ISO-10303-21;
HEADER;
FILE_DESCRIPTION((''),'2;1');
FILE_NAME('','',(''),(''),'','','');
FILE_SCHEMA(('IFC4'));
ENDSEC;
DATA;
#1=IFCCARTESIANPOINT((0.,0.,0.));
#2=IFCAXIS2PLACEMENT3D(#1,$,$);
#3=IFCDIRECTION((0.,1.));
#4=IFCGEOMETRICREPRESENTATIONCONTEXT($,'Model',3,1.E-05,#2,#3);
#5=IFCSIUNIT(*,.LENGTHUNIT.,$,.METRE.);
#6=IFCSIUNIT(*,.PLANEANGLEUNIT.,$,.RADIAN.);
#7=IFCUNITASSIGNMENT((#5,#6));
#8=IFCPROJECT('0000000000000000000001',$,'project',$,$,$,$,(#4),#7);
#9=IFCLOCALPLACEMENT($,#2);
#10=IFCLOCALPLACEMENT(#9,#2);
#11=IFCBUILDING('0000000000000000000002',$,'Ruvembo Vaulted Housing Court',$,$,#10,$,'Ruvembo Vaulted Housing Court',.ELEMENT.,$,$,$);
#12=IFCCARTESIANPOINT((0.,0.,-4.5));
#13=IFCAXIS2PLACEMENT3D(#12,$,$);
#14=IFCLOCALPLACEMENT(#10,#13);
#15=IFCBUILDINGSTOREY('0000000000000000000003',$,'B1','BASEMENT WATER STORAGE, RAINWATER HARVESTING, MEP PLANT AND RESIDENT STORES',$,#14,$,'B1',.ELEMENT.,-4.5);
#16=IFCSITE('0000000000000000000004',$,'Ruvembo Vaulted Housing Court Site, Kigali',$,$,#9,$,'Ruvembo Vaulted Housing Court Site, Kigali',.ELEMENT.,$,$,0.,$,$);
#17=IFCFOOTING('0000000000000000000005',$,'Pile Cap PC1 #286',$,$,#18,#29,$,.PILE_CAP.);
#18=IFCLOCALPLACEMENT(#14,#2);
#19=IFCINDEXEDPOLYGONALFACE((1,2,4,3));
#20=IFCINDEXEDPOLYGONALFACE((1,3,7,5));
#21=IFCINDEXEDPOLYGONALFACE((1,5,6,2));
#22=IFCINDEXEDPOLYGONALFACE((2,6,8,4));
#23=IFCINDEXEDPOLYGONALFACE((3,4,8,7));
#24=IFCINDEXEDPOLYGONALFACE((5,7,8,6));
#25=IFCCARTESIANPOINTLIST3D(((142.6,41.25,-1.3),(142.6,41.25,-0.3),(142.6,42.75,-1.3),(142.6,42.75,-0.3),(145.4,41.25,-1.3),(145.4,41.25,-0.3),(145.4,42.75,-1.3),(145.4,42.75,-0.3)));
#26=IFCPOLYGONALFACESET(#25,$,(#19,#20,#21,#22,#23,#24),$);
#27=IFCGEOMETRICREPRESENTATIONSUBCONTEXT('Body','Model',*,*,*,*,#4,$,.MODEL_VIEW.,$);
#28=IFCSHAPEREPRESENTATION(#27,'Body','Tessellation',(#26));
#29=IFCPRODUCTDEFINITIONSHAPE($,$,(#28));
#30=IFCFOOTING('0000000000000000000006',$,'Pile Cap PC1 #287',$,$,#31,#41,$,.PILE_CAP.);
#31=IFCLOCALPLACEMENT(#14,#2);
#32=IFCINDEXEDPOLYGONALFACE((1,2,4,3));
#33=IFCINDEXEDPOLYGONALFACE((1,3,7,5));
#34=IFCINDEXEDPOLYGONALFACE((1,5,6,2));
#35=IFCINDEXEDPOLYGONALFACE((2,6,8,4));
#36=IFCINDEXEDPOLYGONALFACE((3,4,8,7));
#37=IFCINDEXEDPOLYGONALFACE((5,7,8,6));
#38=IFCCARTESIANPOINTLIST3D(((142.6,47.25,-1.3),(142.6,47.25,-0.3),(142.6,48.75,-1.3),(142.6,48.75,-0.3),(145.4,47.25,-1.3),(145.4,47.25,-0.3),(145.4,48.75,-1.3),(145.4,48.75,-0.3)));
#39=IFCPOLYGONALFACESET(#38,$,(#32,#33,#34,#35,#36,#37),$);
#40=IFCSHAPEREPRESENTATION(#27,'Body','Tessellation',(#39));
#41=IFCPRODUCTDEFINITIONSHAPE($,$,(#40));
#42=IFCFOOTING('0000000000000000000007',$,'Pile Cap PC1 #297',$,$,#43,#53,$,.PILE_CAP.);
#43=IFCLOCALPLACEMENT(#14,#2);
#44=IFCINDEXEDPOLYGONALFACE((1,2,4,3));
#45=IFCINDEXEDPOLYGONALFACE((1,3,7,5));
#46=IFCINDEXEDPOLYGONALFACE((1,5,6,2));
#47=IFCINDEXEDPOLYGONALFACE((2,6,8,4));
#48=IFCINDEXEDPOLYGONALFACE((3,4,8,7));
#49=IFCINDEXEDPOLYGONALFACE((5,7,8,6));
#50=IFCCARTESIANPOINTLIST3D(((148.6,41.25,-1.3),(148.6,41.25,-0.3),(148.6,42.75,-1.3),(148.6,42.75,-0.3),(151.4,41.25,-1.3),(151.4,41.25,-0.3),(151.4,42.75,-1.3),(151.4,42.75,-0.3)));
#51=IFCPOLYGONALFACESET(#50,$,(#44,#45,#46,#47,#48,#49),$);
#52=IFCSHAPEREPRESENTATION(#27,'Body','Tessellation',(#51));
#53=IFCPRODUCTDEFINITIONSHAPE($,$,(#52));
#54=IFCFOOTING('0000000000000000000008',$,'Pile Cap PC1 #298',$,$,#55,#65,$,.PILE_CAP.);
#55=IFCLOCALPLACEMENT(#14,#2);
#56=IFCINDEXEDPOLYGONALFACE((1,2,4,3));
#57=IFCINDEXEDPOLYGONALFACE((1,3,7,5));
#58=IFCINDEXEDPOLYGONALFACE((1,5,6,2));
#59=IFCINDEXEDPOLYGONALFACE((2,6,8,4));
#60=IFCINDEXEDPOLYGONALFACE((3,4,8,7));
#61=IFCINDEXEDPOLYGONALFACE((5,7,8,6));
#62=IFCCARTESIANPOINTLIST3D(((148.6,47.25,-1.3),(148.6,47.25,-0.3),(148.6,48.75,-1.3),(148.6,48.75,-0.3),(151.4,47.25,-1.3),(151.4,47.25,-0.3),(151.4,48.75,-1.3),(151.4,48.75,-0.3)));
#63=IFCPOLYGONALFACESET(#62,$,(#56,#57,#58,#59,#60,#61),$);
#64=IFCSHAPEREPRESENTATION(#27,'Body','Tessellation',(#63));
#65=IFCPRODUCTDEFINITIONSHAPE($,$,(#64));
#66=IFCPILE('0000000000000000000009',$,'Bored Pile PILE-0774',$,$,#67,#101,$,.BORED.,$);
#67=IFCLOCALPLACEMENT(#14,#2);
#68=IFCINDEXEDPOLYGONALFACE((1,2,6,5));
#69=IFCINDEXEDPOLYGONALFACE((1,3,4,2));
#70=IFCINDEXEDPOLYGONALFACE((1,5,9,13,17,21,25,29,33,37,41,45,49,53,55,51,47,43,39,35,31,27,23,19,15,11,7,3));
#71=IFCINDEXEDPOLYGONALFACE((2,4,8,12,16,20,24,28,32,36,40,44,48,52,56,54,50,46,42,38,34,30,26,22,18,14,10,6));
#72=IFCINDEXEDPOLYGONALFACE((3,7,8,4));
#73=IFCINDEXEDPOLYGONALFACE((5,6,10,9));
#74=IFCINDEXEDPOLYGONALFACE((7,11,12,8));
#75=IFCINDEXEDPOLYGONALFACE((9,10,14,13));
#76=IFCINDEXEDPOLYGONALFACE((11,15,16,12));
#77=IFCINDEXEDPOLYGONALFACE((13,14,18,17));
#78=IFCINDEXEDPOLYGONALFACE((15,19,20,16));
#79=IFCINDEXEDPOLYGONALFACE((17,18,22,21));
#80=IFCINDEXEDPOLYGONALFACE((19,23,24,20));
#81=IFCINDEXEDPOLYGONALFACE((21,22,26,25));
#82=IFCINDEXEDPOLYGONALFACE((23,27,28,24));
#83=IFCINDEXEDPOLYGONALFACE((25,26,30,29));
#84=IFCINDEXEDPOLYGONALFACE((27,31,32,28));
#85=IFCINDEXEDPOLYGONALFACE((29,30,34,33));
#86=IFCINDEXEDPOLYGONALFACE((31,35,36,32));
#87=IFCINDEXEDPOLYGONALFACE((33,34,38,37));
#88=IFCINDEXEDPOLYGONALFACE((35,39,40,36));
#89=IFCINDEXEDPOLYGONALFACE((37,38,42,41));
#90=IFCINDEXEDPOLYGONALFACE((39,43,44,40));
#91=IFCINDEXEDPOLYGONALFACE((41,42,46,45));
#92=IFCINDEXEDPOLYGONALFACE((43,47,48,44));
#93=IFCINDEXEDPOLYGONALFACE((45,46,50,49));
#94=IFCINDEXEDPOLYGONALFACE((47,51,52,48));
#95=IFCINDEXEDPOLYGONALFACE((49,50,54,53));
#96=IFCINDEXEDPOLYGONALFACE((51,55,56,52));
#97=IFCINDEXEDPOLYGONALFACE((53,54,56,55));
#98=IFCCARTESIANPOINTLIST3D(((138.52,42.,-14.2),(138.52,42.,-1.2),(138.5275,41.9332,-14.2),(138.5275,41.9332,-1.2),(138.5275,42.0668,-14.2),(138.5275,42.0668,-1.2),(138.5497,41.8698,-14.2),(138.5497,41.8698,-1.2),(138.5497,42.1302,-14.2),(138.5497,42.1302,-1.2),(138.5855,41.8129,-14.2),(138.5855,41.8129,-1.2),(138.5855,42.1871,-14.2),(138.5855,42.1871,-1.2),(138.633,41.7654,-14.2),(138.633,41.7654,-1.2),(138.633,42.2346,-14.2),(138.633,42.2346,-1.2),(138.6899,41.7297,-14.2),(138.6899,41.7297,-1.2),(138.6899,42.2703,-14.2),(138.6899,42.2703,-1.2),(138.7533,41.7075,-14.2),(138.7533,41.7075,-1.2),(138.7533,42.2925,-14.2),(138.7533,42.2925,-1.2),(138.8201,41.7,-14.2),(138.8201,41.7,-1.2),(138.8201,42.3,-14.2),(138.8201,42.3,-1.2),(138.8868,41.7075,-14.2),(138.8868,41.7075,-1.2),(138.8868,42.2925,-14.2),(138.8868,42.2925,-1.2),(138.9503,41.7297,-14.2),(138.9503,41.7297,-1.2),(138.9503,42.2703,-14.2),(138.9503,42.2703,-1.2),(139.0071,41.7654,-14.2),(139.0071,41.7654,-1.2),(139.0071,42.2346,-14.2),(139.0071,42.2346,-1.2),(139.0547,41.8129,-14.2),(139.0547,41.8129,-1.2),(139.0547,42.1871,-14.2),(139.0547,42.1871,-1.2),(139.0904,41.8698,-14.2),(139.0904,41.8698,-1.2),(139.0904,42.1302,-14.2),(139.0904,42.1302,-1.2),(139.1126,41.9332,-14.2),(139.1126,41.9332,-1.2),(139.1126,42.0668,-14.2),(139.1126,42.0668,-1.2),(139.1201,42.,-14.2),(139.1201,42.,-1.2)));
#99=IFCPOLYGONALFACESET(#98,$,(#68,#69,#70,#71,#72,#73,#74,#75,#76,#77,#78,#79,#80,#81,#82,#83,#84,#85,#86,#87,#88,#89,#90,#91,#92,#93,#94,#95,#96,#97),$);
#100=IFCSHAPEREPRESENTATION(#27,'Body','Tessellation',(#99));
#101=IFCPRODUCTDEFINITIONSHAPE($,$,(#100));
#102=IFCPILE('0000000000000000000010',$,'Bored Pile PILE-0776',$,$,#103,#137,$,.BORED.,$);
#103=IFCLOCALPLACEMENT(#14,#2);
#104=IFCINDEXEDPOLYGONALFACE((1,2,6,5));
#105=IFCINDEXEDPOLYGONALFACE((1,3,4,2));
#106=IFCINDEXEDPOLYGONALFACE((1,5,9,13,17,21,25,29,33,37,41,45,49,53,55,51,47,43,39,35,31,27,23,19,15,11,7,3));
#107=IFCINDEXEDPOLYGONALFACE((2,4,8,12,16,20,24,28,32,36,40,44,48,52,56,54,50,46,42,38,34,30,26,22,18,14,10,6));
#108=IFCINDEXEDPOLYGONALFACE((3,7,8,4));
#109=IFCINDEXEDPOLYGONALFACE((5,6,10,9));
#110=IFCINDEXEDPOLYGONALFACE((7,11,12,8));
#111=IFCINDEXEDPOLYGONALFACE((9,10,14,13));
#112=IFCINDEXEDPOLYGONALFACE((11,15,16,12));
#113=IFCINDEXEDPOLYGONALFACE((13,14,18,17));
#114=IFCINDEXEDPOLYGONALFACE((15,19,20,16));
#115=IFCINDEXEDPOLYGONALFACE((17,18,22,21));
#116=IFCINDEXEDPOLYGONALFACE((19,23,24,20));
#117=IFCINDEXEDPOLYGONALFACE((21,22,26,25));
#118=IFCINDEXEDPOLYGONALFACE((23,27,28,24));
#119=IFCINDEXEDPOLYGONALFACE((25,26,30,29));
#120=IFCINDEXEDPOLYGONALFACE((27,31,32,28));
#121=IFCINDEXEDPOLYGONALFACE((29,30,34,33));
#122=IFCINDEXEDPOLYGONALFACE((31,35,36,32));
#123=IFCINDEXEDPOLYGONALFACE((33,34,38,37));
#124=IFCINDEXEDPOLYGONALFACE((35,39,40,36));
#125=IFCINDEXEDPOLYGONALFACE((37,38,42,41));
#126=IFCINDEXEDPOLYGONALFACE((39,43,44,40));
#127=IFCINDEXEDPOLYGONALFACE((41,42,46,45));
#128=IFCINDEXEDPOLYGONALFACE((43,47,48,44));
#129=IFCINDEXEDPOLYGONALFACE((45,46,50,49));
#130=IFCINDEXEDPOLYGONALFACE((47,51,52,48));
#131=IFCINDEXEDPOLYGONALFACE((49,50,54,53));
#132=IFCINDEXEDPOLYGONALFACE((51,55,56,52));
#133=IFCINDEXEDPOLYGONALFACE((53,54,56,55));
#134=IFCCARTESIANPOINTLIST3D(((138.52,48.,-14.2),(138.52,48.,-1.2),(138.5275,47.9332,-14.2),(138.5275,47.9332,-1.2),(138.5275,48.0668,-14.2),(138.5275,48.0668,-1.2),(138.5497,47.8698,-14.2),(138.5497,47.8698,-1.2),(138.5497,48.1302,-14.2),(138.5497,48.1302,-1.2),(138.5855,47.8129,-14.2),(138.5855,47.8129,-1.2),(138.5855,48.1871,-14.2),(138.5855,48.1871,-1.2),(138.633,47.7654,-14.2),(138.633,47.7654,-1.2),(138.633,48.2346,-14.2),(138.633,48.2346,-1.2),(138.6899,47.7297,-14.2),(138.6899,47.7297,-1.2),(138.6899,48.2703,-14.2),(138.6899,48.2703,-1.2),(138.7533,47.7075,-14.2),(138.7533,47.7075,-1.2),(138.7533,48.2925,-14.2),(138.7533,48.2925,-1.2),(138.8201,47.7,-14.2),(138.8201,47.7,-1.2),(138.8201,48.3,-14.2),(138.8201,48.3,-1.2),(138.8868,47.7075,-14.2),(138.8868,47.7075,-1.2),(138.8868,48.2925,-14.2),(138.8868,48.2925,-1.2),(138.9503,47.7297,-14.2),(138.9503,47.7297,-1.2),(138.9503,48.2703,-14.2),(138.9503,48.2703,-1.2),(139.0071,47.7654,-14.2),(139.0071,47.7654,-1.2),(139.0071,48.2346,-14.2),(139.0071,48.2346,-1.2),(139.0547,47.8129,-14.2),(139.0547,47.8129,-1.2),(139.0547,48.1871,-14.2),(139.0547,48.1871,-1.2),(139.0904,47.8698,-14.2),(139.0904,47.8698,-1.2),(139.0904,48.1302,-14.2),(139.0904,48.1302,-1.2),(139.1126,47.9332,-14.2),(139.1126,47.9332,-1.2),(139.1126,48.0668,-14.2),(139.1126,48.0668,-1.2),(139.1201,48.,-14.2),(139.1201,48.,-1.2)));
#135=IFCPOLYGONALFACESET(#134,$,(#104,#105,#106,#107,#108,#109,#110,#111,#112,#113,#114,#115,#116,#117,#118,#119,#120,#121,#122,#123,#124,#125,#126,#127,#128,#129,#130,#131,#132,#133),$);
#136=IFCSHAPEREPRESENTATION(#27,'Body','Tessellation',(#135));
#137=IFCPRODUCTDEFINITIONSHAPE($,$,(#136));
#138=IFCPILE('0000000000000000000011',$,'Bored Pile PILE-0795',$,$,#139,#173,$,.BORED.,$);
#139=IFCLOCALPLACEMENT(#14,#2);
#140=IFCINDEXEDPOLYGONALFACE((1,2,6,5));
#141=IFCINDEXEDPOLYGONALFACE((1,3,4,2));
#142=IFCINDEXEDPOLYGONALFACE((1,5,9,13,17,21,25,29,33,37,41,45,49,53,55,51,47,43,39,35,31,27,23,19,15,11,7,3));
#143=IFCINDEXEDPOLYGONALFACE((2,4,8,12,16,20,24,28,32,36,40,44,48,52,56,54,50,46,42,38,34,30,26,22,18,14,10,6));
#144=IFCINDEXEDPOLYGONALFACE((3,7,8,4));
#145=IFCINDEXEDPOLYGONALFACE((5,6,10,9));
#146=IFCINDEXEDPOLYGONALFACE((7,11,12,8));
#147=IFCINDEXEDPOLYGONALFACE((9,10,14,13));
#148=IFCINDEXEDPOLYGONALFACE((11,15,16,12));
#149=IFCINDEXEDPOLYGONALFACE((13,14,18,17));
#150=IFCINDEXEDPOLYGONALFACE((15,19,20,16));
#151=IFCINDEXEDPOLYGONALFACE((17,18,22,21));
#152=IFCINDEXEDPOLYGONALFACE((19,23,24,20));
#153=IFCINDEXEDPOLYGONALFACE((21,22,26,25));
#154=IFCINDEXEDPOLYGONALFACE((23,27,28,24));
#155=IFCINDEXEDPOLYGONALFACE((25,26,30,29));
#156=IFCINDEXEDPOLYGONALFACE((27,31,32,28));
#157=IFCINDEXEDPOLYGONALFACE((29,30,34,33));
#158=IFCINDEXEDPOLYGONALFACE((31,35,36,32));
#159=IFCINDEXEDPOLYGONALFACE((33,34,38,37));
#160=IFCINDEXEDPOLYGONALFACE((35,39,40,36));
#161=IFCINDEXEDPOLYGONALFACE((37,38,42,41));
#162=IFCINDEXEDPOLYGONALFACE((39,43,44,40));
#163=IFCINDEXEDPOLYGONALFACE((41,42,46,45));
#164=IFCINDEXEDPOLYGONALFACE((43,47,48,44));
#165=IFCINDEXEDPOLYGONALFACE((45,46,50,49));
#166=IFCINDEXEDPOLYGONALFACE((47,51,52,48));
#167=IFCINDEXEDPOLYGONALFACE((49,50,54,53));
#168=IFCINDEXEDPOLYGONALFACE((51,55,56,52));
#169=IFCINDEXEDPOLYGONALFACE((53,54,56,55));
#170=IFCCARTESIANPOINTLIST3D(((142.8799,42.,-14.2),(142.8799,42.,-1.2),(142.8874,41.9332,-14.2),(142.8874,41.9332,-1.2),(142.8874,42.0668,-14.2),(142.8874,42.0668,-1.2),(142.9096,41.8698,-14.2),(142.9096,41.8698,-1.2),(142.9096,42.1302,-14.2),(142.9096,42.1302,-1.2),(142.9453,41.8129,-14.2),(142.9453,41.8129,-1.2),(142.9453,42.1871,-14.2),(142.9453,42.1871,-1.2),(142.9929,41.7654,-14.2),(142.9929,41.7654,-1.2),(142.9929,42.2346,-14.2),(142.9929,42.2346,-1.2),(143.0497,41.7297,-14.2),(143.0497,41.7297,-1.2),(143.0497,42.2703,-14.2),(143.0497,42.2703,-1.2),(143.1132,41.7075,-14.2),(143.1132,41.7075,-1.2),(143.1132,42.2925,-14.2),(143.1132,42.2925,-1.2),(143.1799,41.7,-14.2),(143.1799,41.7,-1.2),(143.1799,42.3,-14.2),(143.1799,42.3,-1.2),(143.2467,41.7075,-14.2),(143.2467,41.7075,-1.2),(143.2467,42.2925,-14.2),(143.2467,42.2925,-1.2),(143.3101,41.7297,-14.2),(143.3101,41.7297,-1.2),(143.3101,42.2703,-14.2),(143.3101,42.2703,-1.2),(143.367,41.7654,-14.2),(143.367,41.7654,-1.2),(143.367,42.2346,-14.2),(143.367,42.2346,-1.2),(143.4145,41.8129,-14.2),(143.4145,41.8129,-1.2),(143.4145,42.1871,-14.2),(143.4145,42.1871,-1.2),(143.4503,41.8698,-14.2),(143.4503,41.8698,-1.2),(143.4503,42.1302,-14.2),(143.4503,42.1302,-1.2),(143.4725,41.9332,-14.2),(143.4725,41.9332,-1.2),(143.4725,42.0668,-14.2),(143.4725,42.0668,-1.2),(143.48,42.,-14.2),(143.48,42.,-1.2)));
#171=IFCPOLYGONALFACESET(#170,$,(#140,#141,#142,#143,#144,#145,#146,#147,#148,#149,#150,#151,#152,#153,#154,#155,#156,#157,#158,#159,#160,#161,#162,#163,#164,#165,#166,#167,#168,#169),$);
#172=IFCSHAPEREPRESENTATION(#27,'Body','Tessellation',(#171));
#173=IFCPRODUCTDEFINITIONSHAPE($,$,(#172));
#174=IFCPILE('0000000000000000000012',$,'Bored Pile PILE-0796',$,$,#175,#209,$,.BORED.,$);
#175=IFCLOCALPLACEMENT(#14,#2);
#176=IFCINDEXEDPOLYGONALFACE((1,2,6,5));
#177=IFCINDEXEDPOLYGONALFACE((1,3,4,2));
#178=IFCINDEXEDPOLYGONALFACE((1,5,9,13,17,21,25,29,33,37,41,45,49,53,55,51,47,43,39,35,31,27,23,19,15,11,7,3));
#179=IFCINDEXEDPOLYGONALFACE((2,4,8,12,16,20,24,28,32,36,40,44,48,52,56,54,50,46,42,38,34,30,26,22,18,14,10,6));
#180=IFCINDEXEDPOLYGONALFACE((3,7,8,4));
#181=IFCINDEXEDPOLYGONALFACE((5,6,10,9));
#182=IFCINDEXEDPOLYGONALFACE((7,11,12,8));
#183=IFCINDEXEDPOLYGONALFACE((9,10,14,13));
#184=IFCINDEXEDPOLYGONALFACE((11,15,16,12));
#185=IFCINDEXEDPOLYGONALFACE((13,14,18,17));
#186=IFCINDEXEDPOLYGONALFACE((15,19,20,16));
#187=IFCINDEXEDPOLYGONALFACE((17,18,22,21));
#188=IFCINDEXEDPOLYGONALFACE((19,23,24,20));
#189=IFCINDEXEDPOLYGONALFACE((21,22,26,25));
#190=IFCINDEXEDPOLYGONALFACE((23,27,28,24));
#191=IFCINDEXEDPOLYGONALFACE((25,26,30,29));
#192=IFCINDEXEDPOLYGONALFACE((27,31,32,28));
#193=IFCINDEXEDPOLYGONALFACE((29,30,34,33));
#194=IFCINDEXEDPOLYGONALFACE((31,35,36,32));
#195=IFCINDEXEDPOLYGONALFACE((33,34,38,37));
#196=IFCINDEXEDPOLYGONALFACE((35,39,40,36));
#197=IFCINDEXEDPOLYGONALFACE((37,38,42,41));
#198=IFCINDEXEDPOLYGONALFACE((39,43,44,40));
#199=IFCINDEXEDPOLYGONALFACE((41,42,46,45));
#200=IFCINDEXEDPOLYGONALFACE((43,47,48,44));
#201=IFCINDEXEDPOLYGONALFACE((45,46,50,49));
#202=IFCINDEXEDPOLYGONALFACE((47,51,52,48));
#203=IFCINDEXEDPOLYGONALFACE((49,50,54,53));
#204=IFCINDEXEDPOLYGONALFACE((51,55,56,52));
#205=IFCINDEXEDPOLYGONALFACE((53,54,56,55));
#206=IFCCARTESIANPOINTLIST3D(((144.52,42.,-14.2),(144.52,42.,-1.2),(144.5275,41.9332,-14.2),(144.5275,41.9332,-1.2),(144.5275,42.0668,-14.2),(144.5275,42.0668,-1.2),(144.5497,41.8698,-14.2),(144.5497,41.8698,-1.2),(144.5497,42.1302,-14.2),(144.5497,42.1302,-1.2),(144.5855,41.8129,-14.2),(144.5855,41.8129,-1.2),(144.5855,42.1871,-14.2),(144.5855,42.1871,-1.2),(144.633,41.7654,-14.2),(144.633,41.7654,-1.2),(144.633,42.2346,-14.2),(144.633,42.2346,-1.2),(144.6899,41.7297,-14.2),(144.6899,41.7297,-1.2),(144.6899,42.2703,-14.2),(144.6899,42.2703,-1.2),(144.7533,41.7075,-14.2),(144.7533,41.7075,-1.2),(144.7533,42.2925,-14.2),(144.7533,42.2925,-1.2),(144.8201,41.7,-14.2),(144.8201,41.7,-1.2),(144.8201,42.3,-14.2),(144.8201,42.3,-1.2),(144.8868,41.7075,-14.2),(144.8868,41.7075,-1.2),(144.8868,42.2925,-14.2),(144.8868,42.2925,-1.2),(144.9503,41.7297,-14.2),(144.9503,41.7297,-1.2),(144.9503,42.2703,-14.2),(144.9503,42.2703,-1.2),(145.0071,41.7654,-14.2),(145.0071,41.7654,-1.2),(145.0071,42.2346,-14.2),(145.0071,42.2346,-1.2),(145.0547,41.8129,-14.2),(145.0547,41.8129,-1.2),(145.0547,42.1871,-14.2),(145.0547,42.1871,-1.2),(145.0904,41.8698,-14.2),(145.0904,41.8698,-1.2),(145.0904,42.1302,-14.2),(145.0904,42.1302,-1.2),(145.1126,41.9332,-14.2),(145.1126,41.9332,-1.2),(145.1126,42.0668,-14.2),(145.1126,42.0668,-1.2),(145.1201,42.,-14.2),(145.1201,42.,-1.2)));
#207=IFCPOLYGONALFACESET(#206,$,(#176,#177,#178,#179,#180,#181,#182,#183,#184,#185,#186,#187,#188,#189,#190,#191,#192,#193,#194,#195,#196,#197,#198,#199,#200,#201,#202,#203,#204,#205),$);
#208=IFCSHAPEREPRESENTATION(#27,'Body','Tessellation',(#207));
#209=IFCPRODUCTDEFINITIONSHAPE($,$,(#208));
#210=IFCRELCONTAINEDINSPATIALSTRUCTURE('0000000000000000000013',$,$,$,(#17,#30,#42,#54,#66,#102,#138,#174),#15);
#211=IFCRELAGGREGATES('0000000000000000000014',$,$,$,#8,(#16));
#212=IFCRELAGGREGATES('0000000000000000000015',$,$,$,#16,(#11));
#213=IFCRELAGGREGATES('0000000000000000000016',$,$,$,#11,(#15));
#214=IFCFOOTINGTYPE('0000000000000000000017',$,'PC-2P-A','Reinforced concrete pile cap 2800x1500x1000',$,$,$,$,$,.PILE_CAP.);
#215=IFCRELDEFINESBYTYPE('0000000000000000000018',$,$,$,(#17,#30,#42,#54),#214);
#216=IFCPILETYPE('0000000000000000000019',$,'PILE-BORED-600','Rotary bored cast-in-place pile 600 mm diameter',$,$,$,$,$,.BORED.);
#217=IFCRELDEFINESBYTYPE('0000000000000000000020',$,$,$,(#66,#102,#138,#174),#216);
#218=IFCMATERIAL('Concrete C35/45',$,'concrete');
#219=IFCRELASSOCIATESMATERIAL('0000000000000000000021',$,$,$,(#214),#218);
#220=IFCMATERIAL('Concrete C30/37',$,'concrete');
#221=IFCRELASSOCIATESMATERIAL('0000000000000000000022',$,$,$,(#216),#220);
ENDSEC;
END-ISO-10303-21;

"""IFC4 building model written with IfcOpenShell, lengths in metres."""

from ifc_helpers import new_model, si_unit, direction, frame, origin, origin_2d, place, context, subcontext, project, spatial, rectangle, circle, extrude, material, material_profile, profile_set, type_object, element, save


model = new_model("IFC4")

# Units and contexts
model_context = context("Model", 3, precision=1e-05, world=origin(), true_north=direction((0.0, 1.0)))
body_context = subcontext(model_context, "Body", "Model", "MODEL_VIEW")
ifc_project = project(units=[si_unit("LENGTHUNIT", "METRE"), si_unit("PLANEANGLEUNIT", "RADIAN")], contexts=[model_context])

# Site, building, storey
site_placement = place(None, origin())
site = spatial("IfcSite", under=ifc_project, at=site_placement, Name="Ruvembo Vaulted Housing Court Site, Kigali", LongName="Ruvembo Vaulted Housing Court Site, Kigali", CompositionType="ELEMENT", RefElevation=0.0)
building_placement = place(site_placement, origin())
building = spatial("IfcBuilding", under=site, at=building_placement, Name="Ruvembo Vaulted Housing Court", LongName="Ruvembo Vaulted Housing Court", CompositionType="ELEMENT")
storey_placement = place(building_placement, frame((0.0, 0.0, -4.5)))
storey = spatial("IfcBuildingStorey", under=building, at=storey_placement, Name="B1", Description="BASEMENT WATER STORAGE, RAINWATER HARVESTING, MEP PLANT AND RESIDENT STORES", LongName="B1", CompositionType="ELEMENT", Elevation=-4.5)

# Footings
ifc_material_1 = material(Name="Concrete C35/45", Category="concrete")
footing_type = type_object("IfcFootingType", Name="PC-2P-A", Description="Reinforced concrete pile cap 2800x1500x1000", PredefinedType="PILE_CAP", material=ifc_material_1)
for number, where, z_axis, x_axis, name in (
    (1, (144.0, 42.0, -1.3), (0.0, 0.0, 1.0), (1.0, 0.0, 0.0), "Pile Cap PC1 #286"),
    (2, (144.0, 48.0, -1.3), (0.0, 0.0, 1.0), (1.0, 0.0, 0.0), "Pile Cap PC1 #287"),
    (3, (150.0, 42.0, -1.3), (0.0, 0.0, 1.0), (1.0, 0.0, 0.0), "Pile Cap PC1 #297"),
    (4, (150.0, 48.0, -1.3), (0.0, 0.0, 1.0), (1.0, 0.0, 0.0), "Pile Cap PC1 #298"),
):
    element("IfcFooting", number, at=place(storey_placement, frame(where, z_axis=z_axis, x_axis=x_axis)), inside=storey, type_object=footing_type, Name=name, PredefinedType="PILE_CAP", context=body_context, shape_type="SweptSolid", body=[
        extrude(rectangle(XDim=2.8, YDim=1.5, at=origin_2d()), origin(), (0.0, 0.0, 1.0), 1.0),
    ])

# Piles
ifc_material_2 = material(Name="Concrete C30/37", Category="concrete")
ifc_material_profile_1 = material_profile(ifc_material_2, circle(Radius=0.3, at=origin_2d()), Name="PILE D600")
ifc_profile_set_1 = profile_set([ifc_material_profile_1], Name="Concrete C30/37")
pile_type_1 = type_object("IfcPileType", Name="PILE-BORED-600", Description="Rotary bored cast-in-place pile 600 mm diameter", PredefinedType="BORED", material=ifc_profile_set_1)
for number, where, z_axis, x_axis, name in (
    (5, (138.8201, 42.0, -1.2), (0.0, 0.0, -1.0), (1.0, 0.0, 0.0), "Bored Pile PILE-0774"),
    (6, (138.8201, 48.0, -1.2), (0.0, 0.0, -1.0), (1.0, 0.0, 0.0), "Bored Pile PILE-0776"),
    (7, (143.1799, 42.0, -1.2), (0.0, 0.0, -1.0), (1.0, 0.0, 0.0), "Bored Pile PILE-0795"),
    (8, (144.8201, 42.0, -1.2), (0.0, 0.0, -1.0), (1.0, 0.0, 0.0), "Bored Pile PILE-0796"),
):
    element("IfcPile", number, at=place(storey_placement, frame(where, z_axis=z_axis, x_axis=x_axis)), inside=storey, type_object=pile_type_1, Name=name, PredefinedType="BORED", context=body_context, shape_type="SweptSolid", body=[
        extrude(circle(Radius=0.3, at=origin_2d()), origin(), (0.0, 0.0, 1.0), 13.0),
    ])

save(model, "model.ifc")
